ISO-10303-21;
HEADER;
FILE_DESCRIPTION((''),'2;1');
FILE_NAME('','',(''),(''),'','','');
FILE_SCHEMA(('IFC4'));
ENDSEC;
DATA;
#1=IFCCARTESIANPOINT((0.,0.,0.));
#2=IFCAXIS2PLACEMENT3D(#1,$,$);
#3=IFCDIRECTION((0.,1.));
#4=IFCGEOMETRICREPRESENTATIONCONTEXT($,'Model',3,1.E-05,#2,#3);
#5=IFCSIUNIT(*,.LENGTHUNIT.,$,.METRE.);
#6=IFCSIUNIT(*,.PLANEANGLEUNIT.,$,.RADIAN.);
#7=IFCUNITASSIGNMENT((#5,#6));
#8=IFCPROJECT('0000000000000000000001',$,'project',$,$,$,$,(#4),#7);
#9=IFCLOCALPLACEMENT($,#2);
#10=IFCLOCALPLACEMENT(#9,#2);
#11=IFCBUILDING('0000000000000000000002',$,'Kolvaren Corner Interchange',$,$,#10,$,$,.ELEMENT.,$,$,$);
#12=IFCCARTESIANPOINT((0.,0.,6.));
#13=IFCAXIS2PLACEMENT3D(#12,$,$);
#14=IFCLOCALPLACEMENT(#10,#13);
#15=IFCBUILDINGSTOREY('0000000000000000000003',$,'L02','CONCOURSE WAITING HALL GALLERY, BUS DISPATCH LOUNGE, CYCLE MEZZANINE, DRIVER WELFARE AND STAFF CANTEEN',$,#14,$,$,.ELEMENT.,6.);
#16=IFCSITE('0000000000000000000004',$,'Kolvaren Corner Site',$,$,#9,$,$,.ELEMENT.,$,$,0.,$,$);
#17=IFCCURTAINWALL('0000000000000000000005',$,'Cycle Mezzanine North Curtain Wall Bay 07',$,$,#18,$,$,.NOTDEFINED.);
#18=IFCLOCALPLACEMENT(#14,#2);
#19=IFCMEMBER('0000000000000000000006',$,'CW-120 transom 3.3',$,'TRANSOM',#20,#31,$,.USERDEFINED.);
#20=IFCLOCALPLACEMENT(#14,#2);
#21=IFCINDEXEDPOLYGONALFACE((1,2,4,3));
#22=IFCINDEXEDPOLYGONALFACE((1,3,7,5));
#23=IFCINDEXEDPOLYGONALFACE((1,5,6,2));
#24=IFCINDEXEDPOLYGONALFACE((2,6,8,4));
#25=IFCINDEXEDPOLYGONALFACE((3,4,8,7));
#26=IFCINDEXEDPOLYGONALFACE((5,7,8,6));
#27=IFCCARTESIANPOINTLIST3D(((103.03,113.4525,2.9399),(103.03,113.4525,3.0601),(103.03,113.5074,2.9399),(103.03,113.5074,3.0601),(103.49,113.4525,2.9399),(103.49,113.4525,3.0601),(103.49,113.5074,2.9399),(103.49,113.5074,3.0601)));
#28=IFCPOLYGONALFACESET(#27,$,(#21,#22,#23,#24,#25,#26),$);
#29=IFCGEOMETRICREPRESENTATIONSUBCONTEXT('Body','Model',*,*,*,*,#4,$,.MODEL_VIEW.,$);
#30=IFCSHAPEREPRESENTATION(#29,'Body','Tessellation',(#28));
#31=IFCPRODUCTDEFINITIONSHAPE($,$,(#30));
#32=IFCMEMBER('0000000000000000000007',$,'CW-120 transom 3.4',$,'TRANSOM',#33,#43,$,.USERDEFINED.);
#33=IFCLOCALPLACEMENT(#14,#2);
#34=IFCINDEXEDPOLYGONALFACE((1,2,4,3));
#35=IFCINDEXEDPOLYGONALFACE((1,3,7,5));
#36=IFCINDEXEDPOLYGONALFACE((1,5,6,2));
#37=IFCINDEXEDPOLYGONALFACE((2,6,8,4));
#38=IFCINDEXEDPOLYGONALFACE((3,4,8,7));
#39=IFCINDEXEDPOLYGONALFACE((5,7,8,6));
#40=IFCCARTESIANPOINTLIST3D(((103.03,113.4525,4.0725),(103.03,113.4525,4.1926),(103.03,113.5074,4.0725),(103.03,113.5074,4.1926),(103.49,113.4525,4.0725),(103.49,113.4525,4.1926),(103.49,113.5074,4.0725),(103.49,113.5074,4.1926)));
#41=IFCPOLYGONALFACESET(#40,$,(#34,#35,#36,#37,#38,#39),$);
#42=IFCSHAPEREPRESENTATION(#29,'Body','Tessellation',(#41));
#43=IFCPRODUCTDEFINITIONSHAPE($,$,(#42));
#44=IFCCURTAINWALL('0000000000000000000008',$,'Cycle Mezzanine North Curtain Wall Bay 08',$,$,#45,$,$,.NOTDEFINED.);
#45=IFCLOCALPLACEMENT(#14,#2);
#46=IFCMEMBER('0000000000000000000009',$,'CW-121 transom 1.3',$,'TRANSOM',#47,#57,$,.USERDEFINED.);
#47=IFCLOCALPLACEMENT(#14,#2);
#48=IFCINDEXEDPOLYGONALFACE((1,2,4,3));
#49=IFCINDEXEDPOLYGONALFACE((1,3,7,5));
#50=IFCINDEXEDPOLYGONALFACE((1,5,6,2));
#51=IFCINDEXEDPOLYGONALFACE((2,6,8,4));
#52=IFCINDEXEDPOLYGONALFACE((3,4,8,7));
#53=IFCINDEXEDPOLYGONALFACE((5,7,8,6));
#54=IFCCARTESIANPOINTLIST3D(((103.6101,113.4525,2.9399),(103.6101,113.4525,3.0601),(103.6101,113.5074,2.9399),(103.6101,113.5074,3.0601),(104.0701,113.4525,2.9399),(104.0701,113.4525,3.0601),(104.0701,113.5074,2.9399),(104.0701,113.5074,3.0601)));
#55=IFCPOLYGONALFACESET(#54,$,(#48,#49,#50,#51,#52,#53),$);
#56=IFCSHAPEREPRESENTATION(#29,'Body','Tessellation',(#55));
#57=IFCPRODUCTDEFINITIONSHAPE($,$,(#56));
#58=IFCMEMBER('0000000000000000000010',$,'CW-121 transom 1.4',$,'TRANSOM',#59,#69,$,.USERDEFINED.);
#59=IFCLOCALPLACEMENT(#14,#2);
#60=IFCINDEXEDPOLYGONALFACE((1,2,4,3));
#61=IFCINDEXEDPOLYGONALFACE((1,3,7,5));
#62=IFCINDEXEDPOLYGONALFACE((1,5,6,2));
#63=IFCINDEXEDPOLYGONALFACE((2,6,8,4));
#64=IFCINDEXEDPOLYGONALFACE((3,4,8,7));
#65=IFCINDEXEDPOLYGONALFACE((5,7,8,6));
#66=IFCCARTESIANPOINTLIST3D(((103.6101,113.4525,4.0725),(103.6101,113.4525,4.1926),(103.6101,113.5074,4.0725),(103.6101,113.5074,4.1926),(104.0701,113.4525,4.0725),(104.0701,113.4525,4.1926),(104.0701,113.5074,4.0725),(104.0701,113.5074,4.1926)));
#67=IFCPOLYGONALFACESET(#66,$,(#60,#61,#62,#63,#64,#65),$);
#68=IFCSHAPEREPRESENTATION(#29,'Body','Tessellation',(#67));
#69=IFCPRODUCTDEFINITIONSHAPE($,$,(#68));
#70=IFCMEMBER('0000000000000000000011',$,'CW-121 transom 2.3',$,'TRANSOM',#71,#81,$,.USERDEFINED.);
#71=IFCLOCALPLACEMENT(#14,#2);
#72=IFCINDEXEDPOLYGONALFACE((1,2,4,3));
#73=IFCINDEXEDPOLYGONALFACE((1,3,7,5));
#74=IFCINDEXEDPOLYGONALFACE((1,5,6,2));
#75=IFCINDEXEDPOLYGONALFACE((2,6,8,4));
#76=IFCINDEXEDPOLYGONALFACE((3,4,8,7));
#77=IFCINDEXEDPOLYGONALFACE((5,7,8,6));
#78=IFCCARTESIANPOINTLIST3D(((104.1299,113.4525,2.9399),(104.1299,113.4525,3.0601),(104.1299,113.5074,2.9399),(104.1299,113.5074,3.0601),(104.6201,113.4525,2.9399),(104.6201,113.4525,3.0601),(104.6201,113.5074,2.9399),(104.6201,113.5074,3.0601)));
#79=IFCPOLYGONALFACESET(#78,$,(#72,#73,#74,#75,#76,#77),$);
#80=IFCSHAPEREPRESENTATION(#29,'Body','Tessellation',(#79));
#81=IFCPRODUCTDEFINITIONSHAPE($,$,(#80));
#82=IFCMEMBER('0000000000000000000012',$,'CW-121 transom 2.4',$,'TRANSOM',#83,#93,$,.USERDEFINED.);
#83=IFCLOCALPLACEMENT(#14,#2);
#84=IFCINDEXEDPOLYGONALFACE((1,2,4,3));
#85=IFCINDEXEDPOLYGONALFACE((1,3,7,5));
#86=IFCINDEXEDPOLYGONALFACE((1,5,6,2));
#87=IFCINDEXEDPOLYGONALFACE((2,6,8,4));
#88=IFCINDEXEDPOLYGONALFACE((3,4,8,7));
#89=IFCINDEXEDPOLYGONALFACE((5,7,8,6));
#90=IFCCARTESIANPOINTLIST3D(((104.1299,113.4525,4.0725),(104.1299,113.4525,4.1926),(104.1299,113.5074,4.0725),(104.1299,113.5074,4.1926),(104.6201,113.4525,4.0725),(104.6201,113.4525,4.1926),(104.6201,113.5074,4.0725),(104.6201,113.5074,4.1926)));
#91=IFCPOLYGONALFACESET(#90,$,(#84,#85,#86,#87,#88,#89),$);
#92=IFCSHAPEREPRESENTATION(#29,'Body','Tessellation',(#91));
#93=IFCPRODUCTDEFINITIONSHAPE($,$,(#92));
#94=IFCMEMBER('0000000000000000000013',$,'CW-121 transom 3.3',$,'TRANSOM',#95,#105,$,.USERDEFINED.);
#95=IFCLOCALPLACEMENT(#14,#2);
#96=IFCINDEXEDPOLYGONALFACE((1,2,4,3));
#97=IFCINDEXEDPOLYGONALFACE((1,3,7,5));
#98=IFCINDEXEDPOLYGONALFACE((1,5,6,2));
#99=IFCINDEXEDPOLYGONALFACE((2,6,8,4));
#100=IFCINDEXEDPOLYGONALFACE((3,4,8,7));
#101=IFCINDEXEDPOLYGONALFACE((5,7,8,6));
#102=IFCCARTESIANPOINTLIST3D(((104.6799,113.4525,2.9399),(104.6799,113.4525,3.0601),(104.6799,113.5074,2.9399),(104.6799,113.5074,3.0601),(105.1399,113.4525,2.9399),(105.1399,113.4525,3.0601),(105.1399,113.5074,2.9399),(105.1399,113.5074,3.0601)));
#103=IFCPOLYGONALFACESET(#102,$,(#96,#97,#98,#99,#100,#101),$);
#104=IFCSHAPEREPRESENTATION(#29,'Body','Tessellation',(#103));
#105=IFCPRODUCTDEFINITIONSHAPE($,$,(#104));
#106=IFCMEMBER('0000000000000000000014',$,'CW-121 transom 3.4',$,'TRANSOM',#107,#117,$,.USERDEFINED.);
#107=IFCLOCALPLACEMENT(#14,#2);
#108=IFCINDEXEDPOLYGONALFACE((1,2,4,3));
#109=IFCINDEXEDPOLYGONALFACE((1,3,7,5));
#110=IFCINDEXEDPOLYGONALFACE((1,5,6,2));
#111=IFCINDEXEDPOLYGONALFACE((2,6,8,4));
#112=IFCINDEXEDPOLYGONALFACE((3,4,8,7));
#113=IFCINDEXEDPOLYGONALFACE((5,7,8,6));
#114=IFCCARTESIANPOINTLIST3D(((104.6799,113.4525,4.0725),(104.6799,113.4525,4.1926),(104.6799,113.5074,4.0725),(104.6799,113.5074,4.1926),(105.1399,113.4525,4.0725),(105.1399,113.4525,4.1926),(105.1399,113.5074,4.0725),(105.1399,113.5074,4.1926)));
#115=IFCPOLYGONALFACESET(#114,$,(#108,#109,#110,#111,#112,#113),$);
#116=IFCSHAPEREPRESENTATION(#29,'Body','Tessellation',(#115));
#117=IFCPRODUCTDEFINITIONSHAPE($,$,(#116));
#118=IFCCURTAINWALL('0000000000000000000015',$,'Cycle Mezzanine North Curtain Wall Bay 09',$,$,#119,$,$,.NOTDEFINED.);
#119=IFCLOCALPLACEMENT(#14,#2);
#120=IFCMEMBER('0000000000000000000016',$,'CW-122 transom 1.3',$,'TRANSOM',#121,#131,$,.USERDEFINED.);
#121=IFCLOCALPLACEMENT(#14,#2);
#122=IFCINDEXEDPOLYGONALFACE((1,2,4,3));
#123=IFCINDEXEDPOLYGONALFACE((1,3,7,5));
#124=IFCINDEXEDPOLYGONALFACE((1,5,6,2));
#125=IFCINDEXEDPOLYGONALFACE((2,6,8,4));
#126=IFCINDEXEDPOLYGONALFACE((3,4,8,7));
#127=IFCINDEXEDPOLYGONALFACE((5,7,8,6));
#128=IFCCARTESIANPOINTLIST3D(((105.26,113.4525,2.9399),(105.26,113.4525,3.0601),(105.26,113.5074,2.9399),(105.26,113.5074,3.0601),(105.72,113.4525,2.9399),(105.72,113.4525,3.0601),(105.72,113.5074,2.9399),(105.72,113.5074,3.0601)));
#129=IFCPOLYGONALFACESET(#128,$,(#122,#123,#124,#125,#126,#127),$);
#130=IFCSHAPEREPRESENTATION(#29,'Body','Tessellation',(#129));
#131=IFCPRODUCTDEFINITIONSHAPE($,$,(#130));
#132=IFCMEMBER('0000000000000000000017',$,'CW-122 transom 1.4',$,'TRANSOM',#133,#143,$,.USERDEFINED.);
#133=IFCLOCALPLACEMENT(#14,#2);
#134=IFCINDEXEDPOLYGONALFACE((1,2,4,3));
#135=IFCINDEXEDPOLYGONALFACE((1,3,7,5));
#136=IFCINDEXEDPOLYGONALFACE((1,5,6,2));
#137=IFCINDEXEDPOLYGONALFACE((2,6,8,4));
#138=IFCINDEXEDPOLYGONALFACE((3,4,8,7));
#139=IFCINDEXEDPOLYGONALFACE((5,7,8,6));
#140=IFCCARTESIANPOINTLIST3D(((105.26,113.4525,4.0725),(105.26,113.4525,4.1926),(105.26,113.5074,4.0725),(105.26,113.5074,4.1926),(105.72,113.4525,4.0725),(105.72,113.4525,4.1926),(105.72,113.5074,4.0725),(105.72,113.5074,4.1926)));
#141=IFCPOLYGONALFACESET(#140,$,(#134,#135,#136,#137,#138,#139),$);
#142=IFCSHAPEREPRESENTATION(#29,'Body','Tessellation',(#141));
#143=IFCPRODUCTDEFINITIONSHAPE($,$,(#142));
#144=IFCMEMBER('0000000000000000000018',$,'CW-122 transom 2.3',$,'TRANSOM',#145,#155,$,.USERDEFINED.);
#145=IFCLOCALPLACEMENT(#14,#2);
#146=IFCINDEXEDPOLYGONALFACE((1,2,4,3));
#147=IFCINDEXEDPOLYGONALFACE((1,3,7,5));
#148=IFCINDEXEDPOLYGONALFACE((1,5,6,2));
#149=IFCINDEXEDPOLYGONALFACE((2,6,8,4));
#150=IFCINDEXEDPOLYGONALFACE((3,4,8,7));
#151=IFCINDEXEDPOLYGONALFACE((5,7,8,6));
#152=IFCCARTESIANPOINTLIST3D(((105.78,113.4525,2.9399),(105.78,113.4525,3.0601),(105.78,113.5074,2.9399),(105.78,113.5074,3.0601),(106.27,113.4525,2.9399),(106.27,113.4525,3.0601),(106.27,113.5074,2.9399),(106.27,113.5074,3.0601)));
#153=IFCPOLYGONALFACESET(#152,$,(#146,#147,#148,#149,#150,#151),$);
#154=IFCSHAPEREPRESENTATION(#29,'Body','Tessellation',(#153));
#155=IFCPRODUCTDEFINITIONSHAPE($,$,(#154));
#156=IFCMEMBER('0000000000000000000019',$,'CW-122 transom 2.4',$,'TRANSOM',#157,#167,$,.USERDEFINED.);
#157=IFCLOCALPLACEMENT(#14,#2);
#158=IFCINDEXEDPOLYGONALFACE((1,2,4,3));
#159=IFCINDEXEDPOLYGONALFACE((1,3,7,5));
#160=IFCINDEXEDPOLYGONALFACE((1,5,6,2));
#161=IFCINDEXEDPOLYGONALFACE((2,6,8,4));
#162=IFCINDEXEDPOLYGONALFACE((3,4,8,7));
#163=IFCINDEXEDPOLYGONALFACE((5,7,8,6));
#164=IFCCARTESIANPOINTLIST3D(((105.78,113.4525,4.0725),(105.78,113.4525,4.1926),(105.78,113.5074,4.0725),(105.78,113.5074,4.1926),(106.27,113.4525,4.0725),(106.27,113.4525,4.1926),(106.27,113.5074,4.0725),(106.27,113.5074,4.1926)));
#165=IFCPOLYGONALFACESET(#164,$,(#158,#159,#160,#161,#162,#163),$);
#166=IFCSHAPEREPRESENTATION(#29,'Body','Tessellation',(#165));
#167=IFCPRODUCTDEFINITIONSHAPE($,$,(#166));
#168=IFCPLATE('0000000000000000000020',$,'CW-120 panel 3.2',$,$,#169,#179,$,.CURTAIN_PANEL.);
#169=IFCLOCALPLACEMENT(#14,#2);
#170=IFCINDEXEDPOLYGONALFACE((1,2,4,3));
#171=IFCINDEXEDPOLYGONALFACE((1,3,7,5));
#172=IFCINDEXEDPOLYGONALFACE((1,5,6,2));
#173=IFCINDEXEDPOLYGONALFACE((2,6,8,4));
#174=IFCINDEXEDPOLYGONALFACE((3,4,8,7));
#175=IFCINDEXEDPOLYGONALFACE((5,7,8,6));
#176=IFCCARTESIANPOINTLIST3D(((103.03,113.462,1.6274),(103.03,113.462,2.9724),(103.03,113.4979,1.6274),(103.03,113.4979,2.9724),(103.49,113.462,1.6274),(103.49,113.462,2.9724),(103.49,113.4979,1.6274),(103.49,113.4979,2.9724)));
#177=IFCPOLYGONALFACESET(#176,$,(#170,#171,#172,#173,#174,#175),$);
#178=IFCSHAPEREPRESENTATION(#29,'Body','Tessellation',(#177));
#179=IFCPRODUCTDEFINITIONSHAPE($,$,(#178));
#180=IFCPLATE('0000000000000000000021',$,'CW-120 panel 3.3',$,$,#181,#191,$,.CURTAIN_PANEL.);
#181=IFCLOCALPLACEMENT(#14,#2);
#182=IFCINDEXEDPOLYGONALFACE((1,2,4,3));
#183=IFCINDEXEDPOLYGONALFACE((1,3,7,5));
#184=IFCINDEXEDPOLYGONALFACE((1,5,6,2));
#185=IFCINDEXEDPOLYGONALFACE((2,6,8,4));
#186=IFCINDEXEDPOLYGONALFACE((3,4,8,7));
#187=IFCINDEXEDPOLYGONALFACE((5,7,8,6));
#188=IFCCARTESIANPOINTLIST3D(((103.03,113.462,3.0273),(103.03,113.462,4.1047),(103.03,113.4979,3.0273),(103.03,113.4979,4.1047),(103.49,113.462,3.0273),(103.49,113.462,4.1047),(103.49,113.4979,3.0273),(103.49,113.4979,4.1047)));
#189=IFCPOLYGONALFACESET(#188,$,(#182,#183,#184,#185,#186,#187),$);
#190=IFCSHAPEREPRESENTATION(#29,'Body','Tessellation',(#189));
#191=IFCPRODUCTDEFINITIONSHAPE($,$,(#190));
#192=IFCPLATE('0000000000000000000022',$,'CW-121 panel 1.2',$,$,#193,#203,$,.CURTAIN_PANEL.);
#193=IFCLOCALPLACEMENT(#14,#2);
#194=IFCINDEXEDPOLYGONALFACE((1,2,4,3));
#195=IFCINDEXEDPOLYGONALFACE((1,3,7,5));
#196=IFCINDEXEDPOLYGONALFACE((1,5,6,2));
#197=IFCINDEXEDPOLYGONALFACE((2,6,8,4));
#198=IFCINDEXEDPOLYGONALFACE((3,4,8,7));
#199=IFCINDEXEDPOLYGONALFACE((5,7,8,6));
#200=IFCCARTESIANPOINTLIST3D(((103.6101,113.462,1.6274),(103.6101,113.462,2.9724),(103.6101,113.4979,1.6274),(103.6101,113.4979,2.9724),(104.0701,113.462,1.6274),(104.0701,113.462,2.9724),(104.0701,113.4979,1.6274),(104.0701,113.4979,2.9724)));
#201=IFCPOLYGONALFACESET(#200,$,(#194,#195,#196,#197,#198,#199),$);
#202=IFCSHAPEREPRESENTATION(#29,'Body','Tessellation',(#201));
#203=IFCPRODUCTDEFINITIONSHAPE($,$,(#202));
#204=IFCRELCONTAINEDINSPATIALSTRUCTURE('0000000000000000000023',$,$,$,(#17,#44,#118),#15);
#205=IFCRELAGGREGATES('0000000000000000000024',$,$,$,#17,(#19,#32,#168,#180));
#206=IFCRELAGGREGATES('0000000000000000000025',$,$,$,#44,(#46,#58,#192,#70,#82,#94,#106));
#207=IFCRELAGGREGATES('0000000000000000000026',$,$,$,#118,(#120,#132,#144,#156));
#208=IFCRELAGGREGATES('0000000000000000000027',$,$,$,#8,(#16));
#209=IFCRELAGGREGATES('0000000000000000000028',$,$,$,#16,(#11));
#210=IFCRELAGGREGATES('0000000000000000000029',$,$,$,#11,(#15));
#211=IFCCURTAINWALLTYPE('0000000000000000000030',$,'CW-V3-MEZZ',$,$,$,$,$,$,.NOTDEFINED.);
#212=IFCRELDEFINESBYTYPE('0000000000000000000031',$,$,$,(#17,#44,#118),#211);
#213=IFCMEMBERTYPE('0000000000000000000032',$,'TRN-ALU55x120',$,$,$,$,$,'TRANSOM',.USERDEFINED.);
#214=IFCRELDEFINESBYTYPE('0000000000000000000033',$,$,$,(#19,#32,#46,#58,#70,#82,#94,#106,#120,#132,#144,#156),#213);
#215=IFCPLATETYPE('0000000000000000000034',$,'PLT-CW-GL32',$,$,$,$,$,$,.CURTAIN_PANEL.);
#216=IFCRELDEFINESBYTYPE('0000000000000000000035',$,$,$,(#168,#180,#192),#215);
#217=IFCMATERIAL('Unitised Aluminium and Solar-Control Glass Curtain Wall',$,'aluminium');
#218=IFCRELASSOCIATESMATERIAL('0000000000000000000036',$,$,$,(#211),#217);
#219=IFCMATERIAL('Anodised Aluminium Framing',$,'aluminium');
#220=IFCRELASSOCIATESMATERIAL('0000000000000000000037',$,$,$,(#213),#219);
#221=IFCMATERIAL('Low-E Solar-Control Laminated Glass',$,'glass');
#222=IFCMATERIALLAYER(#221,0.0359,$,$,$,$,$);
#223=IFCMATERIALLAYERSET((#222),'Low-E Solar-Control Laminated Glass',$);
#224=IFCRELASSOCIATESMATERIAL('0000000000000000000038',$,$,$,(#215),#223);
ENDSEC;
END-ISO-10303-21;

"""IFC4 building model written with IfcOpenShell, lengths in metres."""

from ifc_helpers import new_model, si_unit, direction, frame, origin, origin_2d, place, context, subcontext, project, spatial, rectangle, extrude, material, layer, layer_set, material_profile, profile_set, type_object, element, aggregate, save


model = new_model("IFC4")

# Units and contexts
model_context = context("Model", 3, precision=1e-05, world=origin(), true_north=direction((0.0, 1.0)))
body_context = subcontext(model_context, "Body", "Model", "MODEL_VIEW")
ifc_project = project(units=[si_unit("LENGTHUNIT", "METRE"), si_unit("PLANEANGLEUNIT", "RADIAN")], contexts=[model_context])

# Site, building, storey
site_placement = place(None, origin())
site = spatial("IfcSite", under=ifc_project, at=site_placement, Name="Kolvaren Corner Site", CompositionType="ELEMENT", RefElevation=0.0)
building_placement = place(site_placement, origin())
building = spatial("IfcBuilding", under=site, at=building_placement, Name="Kolvaren Corner Interchange", CompositionType="ELEMENT")
storey_placement = place(building_placement, frame((0.0, 0.0, 6.0)))
storey = spatial("IfcBuildingStorey", under=building, at=storey_placement, Name="L02", Description="CONCOURSE WAITING HALL GALLERY, BUS DISPATCH LOUNGE, CYCLE MEZZANINE, DRIVER WELFARE AND STAFF CANTEEN", CompositionType="ELEMENT", Elevation=6.0)

# Curtain walls, members
ifc_material_1 = material(Name="Unitised Aluminium and Solar-Control Glass Curtain Wall", Category="aluminium")
curtain_wall_type = type_object("IfcCurtainWallType", Name="CW-V3-MEZZ", PredefinedType="NOTDEFINED", material=ifc_material_1)
curtain_wall_1_placement = place(storey_placement, origin())
curtain_wall_1 = element("IfcCurtainWall", 1, at=curtain_wall_1_placement, inside=storey, type_object=curtain_wall_type, Name="Cycle Mezzanine North Curtain Wall Bay 07", PredefinedType="NOTDEFINED")
ifc_material_2 = material(Name="Anodised Aluminium Framing", Category="aluminium")
ifc_material_profile = material_profile(ifc_material_2, rectangle(XDim=0.0549, YDim=0.1201, at=origin_2d()), Name="ALU 55x120")
ifc_profile_set = profile_set([ifc_material_profile], Name="Anodised Aluminium Framing")
member_type = type_object("IfcMemberType", Name="TRN-ALU55x120", ElementType="TRANSOM", PredefinedType="USERDEFINED", material=ifc_profile_set)
member_1_placement = place(storey_placement, frame((103.03, 113.48, 3.0), z_axis=(1.0, 0.0, 0.0), x_axis=(0.0, 1.0, 0.0)))
member_1 = element("IfcMember", 2, at=member_1_placement, type_object=member_type, Name="CW-120 transom 3.3", ObjectType="TRANSOM", PredefinedType="USERDEFINED", context=body_context, shape_type="SweptSolid", body=[
    extrude(rectangle(XDim=0.0549, YDim=0.1201, at=origin_2d()), origin(), (0.0, 0.0, 1.0), 0.46),
])
member_2_placement = place(storey_placement, frame((103.03, 113.48, 4.1326), z_axis=(1.0, 0.0, 0.0), x_axis=(0.0, 1.0, 0.0)))
member_2 = element("IfcMember", 3, at=member_2_placement, type_object=member_type, Name="CW-120 transom 3.4", ObjectType="TRANSOM", PredefinedType="USERDEFINED", context=body_context, shape_type="SweptSolid", body=[
    extrude(rectangle(XDim=0.0549, YDim=0.1201, at=origin_2d()), origin(), (0.0, 0.0, 1.0), 0.46),
])
curtain_wall_2_placement = place(storey_placement, origin())
curtain_wall_2 = element("IfcCurtainWall", 4, at=curtain_wall_2_placement, inside=storey, type_object=curtain_wall_type, Name="Cycle Mezzanine North Curtain Wall Bay 08", PredefinedType="NOTDEFINED")
member_3_placement = place(storey_placement, frame((103.6101, 113.48, 3.0), z_axis=(1.0, 0.0, 0.0), x_axis=(0.0, 1.0, 0.0)))
member_3 = element("IfcMember", 5, at=member_3_placement, type_object=member_type, Name="CW-121 transom 1.3", ObjectType="TRANSOM", PredefinedType="USERDEFINED", context=body_context, shape_type="SweptSolid", body=[
    extrude(rectangle(XDim=0.0549, YDim=0.1201, at=origin_2d()), origin(), (0.0, 0.0, 1.0), 0.46),
])
member_4_placement = place(storey_placement, frame((103.6101, 113.48, 4.1326), z_axis=(1.0, 0.0, 0.0), x_axis=(0.0, 1.0, 0.0)))
member_4 = element("IfcMember", 6, at=member_4_placement, type_object=member_type, Name="CW-121 transom 1.4", ObjectType="TRANSOM", PredefinedType="USERDEFINED", context=body_context, shape_type="SweptSolid", body=[
    extrude(rectangle(XDim=0.0549, YDim=0.1201, at=origin_2d()), origin(), (0.0, 0.0, 1.0), 0.46),
])
member_5_placement = place(storey_placement, frame((104.1299, 113.48, 3.0), z_axis=(1.0, 0.0, 0.0), x_axis=(0.0, 1.0, 0.0)))
member_5 = element("IfcMember", 7, at=member_5_placement, type_object=member_type, Name="CW-121 transom 2.3", ObjectType="TRANSOM", PredefinedType="USERDEFINED", context=body_context, shape_type="SweptSolid", body=[
    extrude(rectangle(XDim=0.0549, YDim=0.1201, at=origin_2d()), origin(), (0.0, 0.0, 1.0), 0.4902),
])
member_6_placement = place(storey_placement, frame((104.1299, 113.48, 4.1326), z_axis=(1.0, 0.0, 0.0), x_axis=(0.0, 1.0, 0.0)))
member_6 = element("IfcMember", 8, at=member_6_placement, type_object=member_type, Name="CW-121 transom 2.4", ObjectType="TRANSOM", PredefinedType="USERDEFINED", context=body_context, shape_type="SweptSolid", body=[
    extrude(rectangle(XDim=0.0549, YDim=0.1201, at=origin_2d()), origin(), (0.0, 0.0, 1.0), 0.4902),
])
member_7_placement = place(storey_placement, frame((104.6799, 113.48, 3.0), z_axis=(1.0, 0.0, 0.0), x_axis=(0.0, 1.0, 0.0)))
member_7 = element("IfcMember", 9, at=member_7_placement, type_object=member_type, Name="CW-121 transom 3.3", ObjectType="TRANSOM", PredefinedType="USERDEFINED", context=body_context, shape_type="SweptSolid", body=[
    extrude(rectangle(XDim=0.0549, YDim=0.1201, at=origin_2d()), origin(), (0.0, 0.0, 1.0), 0.46),
])
member_8_placement = place(storey_placement, frame((104.6799, 113.48, 4.1326), z_axis=(1.0, 0.0, 0.0), x_axis=(0.0, 1.0, 0.0)))
member_8 = element("IfcMember", 10, at=member_8_placement, type_object=member_type, Name="CW-121 transom 3.4", ObjectType="TRANSOM", PredefinedType="USERDEFINED", context=body_context, shape_type="SweptSolid", body=[
    extrude(rectangle(XDim=0.0549, YDim=0.1201, at=origin_2d()), origin(), (0.0, 0.0, 1.0), 0.46),
])
curtain_wall_3_placement = place(storey_placement, origin())
curtain_wall_3 = element("IfcCurtainWall", 11, at=curtain_wall_3_placement, inside=storey, type_object=curtain_wall_type, Name="Cycle Mezzanine North Curtain Wall Bay 09", PredefinedType="NOTDEFINED")
member_9_placement = place(storey_placement, frame((105.26, 113.48, 3.0), z_axis=(1.0, 0.0, 0.0), x_axis=(0.0, 1.0, 0.0)))
member_9 = element("IfcMember", 12, at=member_9_placement, type_object=member_type, Name="CW-122 transom 1.3", ObjectType="TRANSOM", PredefinedType="USERDEFINED", context=body_context, shape_type="SweptSolid", body=[
    extrude(rectangle(XDim=0.0549, YDim=0.1201, at=origin_2d()), origin(), (0.0, 0.0, 1.0), 0.46),
])
member_10_placement = place(storey_placement, frame((105.26, 113.48, 4.1326), z_axis=(1.0, 0.0, 0.0), x_axis=(0.0, 1.0, 0.0)))
member_10 = element("IfcMember", 13, at=member_10_placement, type_object=member_type, Name="CW-122 transom 1.4", ObjectType="TRANSOM", PredefinedType="USERDEFINED", context=body_context, shape_type="SweptSolid", body=[
    extrude(rectangle(XDim=0.0549, YDim=0.1201, at=origin_2d()), origin(), (0.0, 0.0, 1.0), 0.46),
])
member_11_placement = place(storey_placement, frame((105.78, 113.48, 3.0), z_axis=(1.0, 0.0, 0.0), x_axis=(0.0, 1.0, 0.0)))
member_11 = element("IfcMember", 14, at=member_11_placement, type_object=member_type, Name="CW-122 transom 2.3", ObjectType="TRANSOM", PredefinedType="USERDEFINED", context=body_context, shape_type="SweptSolid", body=[
    extrude(rectangle(XDim=0.0549, YDim=0.1201, at=origin_2d()), origin(), (0.0, 0.0, 1.0), 0.49),
])
member_12_placement = place(storey_placement, frame((105.78, 113.48, 4.1326), z_axis=(1.0, 0.0, 0.0), x_axis=(0.0, 1.0, 0.0)))
member_12 = element("IfcMember", 15, at=member_12_placement, type_object=member_type, Name="CW-122 transom 2.4", ObjectType="TRANSOM", PredefinedType="USERDEFINED", context=body_context, shape_type="SweptSolid", body=[
    extrude(rectangle(XDim=0.0549, YDim=0.1201, at=origin_2d()), origin(), (0.0, 0.0, 1.0), 0.49),
])

# Plates
ifc_material_3 = material(Name="Low-E Solar-Control Laminated Glass", Category="glass")
ifc_layer = layer(ifc_material_3, 0.0359)
ifc_layer_set = layer_set([ifc_layer], Name="Low-E Solar-Control Laminated Glass")
plate_type = type_object("IfcPlateType", Name="PLT-CW-GL32", PredefinedType="CURTAIN_PANEL", material=ifc_layer_set)
plate_1_placement = place(storey_placement, frame((103.26, 113.48, 1.6274), z_axis=(0.0, 0.0, 1.0), x_axis=(1.0, 0.0, 0.0)))
plate_1 = element("IfcPlate", 16, at=plate_1_placement, type_object=plate_type, Name="CW-120 panel 3.2", PredefinedType="CURTAIN_PANEL", context=body_context, shape_type="SweptSolid", body=[
    extrude(rectangle(XDim=0.46, YDim=0.0359, at=origin_2d()), origin(), (0.0, 0.0, 1.0), 1.345),
])
plate_2_placement = place(storey_placement, frame((103.26, 113.48, 3.0273), z_axis=(0.0, 0.0, 1.0), x_axis=(1.0, 0.0, 0.0)))
plate_2 = element("IfcPlate", 17, at=plate_2_placement, type_object=plate_type, Name="CW-120 panel 3.3", PredefinedType="CURTAIN_PANEL", context=body_context, shape_type="SweptSolid", body=[
    extrude(rectangle(XDim=0.46, YDim=0.0359, at=origin_2d()), origin(), (0.0, 0.0, 1.0), 1.0774),
])
aggregate(curtain_wall_1, [member_1, member_2, plate_1, plate_2])
plate_3_placement = place(storey_placement, frame((103.8401, 113.48, 1.6274), z_axis=(0.0, 0.0, 1.0), x_axis=(1.0, 0.0, 0.0)))
plate_3 = element("IfcPlate", 18, at=plate_3_placement, type_object=plate_type, Name="CW-121 panel 1.2", PredefinedType="CURTAIN_PANEL", context=body_context, shape_type="SweptSolid", body=[
    extrude(rectangle(XDim=0.46, YDim=0.0359, at=origin_2d()), origin(), (0.0, 0.0, 1.0), 1.345),
])
aggregate(curtain_wall_2, [member_3, member_4, plate_3, member_5, member_6, member_7, member_8])
aggregate(curtain_wall_3, [member_9, member_10, member_11, member_12])

save(model, "model.ifc")
